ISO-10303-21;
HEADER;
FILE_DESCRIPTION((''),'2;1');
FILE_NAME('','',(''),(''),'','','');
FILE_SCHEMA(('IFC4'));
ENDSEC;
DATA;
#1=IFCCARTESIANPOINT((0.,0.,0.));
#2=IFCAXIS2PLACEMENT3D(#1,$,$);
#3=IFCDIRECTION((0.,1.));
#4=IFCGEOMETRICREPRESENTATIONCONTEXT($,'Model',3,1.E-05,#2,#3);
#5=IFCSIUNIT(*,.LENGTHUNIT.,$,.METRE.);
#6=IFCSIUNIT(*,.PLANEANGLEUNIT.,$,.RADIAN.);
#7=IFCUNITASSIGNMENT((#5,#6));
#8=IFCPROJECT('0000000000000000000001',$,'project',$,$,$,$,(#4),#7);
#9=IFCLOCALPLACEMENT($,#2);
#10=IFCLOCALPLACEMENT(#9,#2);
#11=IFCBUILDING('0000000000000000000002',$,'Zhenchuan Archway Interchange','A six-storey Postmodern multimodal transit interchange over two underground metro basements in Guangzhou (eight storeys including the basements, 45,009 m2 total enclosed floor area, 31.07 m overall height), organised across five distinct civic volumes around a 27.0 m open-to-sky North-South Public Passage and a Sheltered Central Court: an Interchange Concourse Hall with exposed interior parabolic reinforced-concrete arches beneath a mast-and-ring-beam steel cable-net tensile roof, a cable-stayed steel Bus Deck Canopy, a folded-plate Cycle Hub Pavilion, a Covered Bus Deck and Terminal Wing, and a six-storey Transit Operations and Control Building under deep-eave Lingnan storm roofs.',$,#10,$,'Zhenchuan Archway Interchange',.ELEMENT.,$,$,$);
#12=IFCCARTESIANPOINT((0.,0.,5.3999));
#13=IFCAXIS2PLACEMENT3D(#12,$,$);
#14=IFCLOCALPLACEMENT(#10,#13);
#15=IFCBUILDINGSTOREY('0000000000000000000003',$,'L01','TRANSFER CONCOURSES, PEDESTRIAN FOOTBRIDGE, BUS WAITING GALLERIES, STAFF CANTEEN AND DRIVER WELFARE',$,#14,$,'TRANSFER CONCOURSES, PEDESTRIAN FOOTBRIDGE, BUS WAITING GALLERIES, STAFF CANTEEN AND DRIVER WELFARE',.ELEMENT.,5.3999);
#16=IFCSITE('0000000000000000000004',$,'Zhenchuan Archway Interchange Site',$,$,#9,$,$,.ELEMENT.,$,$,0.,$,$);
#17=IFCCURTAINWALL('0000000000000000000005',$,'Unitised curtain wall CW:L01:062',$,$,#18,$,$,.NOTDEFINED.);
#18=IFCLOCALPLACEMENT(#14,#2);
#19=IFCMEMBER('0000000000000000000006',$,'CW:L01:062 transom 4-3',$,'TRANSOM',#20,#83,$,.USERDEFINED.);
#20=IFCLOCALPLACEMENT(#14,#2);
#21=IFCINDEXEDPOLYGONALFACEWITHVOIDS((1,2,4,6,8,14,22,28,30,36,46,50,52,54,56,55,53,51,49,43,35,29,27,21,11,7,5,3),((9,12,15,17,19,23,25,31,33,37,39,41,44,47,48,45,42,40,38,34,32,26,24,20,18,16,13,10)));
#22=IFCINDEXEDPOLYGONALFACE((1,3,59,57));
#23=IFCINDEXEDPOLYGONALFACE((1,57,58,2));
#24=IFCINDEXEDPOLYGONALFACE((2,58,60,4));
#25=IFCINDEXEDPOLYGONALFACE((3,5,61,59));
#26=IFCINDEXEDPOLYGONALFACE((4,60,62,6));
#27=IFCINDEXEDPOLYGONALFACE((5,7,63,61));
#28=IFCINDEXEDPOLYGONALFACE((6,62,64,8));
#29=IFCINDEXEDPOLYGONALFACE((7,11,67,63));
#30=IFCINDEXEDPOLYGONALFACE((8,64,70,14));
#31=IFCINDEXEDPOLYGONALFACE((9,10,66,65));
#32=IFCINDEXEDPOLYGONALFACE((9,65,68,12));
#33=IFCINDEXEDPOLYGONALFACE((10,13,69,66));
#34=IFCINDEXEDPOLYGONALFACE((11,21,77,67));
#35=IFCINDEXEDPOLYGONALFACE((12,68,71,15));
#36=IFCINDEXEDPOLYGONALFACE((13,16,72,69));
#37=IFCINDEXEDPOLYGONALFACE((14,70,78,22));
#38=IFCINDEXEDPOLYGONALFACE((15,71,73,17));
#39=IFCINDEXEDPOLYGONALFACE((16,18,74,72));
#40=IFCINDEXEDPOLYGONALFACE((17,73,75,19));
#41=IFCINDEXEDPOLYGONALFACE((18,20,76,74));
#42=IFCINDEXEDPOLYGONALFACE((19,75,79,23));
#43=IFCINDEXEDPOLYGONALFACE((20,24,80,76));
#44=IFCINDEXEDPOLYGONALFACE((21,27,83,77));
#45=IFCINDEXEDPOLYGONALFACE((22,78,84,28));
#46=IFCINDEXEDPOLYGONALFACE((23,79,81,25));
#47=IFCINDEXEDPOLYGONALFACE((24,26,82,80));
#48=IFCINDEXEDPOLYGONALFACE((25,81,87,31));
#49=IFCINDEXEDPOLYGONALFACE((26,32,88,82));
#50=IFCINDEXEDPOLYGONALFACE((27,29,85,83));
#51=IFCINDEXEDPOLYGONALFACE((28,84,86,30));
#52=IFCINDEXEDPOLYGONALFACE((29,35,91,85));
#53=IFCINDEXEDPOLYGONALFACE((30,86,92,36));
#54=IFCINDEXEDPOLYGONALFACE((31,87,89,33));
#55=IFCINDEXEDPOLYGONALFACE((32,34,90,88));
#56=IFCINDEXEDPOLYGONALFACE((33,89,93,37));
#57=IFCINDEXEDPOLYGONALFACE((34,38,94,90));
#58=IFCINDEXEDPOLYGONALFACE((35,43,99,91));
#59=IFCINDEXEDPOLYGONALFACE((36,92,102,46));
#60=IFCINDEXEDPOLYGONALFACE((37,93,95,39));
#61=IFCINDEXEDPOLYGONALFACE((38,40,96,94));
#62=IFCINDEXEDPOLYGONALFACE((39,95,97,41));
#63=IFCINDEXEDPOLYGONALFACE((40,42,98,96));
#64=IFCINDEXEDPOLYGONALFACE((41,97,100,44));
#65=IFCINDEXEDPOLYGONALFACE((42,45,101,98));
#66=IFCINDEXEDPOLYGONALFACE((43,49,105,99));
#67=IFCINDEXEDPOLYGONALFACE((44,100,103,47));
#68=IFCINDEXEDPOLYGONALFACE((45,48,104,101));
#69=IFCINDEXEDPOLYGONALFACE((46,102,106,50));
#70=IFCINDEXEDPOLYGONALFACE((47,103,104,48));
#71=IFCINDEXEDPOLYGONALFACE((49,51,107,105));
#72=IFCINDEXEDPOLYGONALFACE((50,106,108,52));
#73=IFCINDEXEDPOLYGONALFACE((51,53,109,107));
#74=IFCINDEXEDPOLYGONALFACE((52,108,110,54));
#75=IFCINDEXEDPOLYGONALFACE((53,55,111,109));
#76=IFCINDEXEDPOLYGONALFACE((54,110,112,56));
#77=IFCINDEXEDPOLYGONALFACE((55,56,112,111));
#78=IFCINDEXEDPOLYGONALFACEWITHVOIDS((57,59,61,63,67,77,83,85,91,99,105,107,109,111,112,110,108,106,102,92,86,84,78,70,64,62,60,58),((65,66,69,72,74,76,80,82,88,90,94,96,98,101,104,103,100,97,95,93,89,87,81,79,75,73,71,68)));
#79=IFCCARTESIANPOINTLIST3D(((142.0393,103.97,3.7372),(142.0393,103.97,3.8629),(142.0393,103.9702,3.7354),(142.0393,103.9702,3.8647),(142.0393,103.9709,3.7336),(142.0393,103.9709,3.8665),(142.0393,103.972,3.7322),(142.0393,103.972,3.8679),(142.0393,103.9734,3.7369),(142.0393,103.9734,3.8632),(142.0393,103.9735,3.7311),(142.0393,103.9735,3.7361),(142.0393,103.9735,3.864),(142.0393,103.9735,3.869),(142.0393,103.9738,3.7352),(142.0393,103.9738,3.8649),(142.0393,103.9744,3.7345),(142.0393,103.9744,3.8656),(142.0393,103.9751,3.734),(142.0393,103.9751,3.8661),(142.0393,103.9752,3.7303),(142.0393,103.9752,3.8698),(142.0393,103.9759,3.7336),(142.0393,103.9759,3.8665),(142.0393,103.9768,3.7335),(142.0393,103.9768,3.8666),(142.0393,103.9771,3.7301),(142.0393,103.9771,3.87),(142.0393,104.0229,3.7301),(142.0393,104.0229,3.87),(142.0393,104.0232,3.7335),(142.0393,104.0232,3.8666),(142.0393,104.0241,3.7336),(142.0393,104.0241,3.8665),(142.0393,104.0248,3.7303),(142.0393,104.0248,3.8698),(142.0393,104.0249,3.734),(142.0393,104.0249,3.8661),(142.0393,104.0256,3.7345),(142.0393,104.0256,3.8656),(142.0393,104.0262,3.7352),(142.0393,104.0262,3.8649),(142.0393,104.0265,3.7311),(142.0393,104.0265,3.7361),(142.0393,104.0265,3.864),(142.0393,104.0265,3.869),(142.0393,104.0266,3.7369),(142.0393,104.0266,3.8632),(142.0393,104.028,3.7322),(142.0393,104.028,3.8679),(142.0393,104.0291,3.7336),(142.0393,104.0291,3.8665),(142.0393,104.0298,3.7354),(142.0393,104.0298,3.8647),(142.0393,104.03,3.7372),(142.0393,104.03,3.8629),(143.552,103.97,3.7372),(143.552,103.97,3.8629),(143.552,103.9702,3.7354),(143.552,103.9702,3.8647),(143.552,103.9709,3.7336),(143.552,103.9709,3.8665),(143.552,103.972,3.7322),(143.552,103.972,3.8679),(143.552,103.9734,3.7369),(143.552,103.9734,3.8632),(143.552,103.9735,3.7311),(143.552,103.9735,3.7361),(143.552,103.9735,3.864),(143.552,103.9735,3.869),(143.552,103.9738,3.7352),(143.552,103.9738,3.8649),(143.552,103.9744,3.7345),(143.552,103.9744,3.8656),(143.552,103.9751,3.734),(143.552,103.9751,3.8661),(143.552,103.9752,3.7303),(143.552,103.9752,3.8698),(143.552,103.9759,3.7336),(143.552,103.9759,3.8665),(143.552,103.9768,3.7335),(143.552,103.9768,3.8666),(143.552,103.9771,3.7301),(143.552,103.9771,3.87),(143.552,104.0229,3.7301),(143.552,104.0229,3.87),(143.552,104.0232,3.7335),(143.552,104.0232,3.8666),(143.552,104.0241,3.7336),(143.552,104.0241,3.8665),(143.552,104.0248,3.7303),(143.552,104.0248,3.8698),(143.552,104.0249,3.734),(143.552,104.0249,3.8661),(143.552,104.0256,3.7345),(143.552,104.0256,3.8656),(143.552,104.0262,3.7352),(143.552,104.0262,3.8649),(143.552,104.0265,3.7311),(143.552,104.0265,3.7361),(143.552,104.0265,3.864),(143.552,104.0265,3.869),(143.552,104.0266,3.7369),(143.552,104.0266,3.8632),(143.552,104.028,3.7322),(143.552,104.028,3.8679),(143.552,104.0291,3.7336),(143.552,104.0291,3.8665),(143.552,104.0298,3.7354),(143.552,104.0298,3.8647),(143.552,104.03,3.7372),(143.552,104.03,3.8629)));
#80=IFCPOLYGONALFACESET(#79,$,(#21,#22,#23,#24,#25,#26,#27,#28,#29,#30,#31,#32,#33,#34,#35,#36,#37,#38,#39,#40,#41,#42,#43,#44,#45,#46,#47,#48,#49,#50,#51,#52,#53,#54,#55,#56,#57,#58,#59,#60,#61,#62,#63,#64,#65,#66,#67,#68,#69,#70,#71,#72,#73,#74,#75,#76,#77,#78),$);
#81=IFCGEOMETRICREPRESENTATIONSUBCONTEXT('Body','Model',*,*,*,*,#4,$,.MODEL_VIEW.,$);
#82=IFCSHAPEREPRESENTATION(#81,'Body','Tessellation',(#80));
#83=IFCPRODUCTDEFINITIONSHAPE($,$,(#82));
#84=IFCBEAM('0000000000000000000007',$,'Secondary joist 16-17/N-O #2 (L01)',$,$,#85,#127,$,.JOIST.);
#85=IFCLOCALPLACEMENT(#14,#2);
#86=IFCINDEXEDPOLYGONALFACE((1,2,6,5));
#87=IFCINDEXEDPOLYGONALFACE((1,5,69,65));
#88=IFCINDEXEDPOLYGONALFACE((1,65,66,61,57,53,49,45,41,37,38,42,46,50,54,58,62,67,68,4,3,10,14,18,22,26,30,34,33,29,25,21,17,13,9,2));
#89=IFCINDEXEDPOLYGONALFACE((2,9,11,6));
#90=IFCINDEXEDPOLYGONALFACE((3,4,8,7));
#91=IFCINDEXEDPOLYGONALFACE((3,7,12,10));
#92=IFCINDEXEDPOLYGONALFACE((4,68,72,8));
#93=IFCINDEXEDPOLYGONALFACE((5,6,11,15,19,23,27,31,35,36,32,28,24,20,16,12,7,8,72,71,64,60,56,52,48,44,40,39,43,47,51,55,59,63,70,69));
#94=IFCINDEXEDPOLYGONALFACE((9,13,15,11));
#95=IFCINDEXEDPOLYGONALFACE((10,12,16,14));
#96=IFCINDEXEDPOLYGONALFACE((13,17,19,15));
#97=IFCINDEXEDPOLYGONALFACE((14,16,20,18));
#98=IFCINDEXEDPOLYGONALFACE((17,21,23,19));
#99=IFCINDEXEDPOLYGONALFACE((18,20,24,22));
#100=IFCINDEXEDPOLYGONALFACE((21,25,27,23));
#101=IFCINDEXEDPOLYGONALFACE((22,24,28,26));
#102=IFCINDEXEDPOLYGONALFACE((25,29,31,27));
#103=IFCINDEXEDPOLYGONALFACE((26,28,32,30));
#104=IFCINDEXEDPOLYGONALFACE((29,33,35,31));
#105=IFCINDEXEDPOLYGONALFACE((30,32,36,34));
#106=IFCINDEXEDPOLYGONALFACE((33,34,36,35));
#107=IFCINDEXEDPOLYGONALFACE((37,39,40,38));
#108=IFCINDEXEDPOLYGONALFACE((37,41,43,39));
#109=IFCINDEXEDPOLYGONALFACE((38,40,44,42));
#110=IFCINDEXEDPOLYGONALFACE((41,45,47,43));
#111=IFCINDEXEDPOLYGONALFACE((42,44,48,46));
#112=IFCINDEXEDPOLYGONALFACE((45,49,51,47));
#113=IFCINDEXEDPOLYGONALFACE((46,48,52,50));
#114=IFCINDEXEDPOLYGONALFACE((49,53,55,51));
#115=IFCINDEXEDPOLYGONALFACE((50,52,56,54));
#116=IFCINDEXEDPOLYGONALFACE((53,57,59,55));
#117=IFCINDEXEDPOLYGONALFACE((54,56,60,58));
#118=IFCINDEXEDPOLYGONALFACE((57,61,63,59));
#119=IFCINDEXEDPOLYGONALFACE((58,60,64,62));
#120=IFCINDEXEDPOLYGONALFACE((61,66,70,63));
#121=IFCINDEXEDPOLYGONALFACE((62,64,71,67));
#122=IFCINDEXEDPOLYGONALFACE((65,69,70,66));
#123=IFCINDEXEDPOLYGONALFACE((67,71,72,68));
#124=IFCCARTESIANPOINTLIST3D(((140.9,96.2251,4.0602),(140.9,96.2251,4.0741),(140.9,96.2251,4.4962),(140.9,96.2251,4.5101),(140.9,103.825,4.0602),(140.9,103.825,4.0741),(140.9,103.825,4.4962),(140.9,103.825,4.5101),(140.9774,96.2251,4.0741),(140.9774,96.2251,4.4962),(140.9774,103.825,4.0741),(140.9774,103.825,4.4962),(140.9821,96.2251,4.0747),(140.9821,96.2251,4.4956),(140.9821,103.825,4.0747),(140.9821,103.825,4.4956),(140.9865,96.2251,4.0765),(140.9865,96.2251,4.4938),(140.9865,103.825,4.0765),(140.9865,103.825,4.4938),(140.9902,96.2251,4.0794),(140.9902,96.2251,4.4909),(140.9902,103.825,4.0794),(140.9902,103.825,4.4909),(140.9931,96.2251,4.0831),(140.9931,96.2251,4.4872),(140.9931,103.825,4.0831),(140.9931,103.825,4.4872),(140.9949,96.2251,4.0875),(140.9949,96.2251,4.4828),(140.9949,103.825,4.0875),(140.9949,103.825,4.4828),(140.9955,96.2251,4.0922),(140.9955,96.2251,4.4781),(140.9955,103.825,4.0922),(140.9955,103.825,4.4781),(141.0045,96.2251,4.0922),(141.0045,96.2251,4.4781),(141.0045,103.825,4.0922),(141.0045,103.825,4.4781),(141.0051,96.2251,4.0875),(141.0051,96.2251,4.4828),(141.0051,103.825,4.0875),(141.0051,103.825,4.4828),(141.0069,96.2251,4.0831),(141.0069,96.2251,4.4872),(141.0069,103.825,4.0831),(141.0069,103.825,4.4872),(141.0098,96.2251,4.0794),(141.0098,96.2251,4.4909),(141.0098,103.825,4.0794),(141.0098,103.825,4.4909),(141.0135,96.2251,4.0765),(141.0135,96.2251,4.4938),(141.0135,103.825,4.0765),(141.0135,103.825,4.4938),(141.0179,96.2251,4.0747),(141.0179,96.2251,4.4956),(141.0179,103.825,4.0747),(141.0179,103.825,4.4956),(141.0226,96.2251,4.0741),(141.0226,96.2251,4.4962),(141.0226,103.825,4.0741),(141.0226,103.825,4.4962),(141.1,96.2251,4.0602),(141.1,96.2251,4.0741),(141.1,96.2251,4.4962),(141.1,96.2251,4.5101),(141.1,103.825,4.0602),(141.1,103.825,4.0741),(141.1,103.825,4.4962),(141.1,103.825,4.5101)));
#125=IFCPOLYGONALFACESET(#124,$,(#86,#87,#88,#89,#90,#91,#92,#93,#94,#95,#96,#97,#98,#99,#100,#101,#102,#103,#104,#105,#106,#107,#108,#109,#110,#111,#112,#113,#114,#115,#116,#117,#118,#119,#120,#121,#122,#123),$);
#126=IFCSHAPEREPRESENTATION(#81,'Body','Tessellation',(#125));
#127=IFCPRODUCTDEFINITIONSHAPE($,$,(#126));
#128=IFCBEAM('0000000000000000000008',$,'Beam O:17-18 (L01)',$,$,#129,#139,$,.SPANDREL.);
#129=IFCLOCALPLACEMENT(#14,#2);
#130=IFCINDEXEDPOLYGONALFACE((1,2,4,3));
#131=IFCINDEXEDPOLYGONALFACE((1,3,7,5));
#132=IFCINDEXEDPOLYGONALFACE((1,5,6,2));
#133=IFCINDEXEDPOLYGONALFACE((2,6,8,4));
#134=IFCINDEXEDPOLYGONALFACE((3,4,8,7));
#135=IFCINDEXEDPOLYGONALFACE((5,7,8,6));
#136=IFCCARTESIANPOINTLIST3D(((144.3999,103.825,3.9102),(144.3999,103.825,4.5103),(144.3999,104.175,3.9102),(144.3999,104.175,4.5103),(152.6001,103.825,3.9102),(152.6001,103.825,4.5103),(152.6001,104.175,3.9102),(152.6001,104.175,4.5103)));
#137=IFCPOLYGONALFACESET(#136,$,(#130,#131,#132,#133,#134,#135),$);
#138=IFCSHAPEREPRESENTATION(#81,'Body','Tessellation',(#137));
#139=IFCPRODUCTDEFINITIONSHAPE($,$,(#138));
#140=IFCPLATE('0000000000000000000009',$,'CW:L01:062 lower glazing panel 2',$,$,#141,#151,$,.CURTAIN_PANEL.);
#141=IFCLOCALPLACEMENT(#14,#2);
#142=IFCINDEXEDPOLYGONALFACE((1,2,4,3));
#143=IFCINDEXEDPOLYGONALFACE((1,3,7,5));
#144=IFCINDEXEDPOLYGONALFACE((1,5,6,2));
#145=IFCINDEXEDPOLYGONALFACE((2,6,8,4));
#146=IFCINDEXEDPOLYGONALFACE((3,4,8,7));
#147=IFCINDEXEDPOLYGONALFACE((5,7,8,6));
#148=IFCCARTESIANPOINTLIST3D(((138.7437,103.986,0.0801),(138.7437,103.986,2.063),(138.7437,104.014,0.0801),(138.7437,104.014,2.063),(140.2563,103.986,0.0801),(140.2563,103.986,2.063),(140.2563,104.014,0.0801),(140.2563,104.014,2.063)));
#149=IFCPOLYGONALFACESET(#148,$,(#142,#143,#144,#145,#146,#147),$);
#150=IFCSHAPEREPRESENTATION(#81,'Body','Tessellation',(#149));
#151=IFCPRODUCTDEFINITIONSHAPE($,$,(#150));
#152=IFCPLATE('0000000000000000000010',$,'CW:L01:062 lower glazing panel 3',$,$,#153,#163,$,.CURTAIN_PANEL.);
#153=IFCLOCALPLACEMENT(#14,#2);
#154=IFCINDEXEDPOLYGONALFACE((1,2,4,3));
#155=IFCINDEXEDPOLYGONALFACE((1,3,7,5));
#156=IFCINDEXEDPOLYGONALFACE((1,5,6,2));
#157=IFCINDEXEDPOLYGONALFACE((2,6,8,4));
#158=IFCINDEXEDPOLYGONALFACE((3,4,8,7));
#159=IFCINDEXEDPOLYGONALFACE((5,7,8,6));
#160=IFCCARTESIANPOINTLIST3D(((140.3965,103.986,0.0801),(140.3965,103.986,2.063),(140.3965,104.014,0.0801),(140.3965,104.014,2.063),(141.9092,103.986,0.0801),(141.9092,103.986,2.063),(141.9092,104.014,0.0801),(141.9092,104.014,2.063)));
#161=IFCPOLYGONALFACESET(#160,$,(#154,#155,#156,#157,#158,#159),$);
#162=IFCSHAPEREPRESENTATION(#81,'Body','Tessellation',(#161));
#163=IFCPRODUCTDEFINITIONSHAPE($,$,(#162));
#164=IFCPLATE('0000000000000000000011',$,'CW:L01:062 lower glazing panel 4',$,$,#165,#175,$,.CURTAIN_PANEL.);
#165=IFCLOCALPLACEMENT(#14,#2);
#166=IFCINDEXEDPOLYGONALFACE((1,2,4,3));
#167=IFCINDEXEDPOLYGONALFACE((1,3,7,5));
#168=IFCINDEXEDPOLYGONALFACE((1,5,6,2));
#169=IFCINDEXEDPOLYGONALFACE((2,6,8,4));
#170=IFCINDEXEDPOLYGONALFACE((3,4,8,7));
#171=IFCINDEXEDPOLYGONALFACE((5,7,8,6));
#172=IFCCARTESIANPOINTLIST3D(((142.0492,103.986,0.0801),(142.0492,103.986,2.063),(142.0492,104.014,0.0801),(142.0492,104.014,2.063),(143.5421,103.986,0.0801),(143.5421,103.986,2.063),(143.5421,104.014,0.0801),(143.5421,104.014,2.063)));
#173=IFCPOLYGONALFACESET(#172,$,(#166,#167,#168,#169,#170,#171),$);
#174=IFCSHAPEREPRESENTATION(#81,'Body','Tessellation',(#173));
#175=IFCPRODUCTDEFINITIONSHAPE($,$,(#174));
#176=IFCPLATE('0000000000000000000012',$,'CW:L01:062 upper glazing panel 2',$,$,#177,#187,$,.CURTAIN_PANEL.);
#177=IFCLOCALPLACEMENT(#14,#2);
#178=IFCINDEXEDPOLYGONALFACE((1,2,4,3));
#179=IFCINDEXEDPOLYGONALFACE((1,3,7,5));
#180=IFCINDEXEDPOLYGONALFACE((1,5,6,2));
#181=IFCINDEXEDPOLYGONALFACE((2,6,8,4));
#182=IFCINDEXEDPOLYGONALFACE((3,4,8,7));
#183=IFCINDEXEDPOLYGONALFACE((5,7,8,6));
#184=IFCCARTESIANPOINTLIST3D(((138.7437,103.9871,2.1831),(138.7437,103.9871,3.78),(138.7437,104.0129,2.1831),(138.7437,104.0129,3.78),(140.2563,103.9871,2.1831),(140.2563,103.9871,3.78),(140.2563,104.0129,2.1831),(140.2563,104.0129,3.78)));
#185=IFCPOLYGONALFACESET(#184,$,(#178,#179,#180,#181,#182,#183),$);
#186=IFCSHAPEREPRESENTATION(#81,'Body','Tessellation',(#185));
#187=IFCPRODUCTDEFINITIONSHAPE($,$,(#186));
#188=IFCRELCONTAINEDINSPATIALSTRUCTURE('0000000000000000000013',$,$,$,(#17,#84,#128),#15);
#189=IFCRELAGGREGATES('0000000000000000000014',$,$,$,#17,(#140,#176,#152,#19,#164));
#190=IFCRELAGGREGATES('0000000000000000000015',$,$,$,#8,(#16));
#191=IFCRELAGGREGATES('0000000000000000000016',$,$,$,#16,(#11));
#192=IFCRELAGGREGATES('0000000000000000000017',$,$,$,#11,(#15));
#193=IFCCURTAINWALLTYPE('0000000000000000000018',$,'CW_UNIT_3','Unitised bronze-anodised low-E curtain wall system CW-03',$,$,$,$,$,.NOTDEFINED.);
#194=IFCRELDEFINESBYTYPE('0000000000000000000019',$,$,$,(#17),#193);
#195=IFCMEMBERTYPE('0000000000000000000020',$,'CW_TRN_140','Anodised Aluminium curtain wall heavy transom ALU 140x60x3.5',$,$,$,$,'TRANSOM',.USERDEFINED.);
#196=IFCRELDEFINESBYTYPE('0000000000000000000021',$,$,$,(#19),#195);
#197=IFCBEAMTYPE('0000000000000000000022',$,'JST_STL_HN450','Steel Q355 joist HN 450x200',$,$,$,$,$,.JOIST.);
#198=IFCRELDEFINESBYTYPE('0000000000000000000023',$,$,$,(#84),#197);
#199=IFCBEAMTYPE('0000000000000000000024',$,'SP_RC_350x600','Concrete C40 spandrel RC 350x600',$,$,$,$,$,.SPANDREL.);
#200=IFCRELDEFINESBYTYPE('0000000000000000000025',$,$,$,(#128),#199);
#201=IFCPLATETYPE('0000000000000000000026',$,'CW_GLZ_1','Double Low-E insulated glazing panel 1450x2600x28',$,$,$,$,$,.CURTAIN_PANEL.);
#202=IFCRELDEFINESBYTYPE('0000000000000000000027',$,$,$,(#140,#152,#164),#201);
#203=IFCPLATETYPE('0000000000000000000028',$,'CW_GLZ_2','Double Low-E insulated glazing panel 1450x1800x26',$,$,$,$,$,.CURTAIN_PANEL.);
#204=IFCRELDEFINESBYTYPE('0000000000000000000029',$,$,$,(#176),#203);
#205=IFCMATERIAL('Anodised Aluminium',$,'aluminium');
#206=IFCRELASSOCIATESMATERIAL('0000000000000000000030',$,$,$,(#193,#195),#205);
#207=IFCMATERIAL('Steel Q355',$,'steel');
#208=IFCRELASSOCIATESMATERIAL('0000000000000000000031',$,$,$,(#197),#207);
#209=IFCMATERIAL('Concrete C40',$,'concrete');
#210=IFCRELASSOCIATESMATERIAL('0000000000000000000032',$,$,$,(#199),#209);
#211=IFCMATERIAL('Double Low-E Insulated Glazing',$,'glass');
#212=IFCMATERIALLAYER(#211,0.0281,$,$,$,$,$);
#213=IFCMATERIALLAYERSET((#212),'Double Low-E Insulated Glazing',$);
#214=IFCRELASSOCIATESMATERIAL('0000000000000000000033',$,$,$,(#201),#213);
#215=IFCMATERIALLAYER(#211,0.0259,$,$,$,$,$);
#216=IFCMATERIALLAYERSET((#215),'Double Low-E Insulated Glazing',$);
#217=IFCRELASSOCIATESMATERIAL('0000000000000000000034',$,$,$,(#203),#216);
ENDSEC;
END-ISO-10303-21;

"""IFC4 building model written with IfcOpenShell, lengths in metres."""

from ifc_helpers import new_model, si_unit, direction, frame, origin, origin_2d, place, context, subcontext, project, spatial, rectangle, hollow_rectangle, i_section, extrude, material, layer, layer_set, material_profile, profile_set, type_object, element, aggregate, save


model = new_model("IFC4")

# Units and contexts
model_context = context("Model", 3, precision=1e-05, world=origin(), true_north=direction((0.0, 1.0)))
body_context = subcontext(model_context, "Body", "Model", "MODEL_VIEW")
ifc_project = project(units=[si_unit("LENGTHUNIT", "METRE"), si_unit("PLANEANGLEUNIT", "RADIAN")], contexts=[model_context])

# Site, building, storey
site_placement = place(None, origin())
site = spatial("IfcSite", under=ifc_project, at=site_placement, Name="Zhenchuan Archway Interchange Site", CompositionType="ELEMENT", RefElevation=0.0)
building_placement = place(site_placement, origin())
building = spatial("IfcBuilding", under=site, at=building_placement, Name="Zhenchuan Archway Interchange", Description="A six-storey Postmodern multimodal transit interchange over two underground metro basements in Guangzhou (eight storeys including the basements, 45,009 m2 total enclosed floor area, 31.07 m overall height), organised across five distinct civic volumes around a 27.0 m open-to-sky North-South Public Passage and a Sheltered Central Court: an Interchange Concourse Hall with exposed interior parabolic reinforced-concrete arches beneath a mast-and-ring-beam steel cable-net tensile roof, a cable-stayed steel Bus Deck Canopy, a folded-plate Cycle Hub Pavilion, a Covered Bus Deck and Terminal Wing, and a six-storey Transit Operations and Control Building under deep-eave Lingnan storm roofs.", LongName="Zhenchuan Archway Interchange", CompositionType="ELEMENT")
storey_placement = place(building_placement, frame((0.0, 0.0, 5.3999)))
storey = spatial("IfcBuildingStorey", under=building, at=storey_placement, Name="L01", Description="TRANSFER CONCOURSES, PEDESTRIAN FOOTBRIDGE, BUS WAITING GALLERIES, STAFF CANTEEN AND DRIVER WELFARE", LongName="TRANSFER CONCOURSES, PEDESTRIAN FOOTBRIDGE, BUS WAITING GALLERIES, STAFF CANTEEN AND DRIVER WELFARE", CompositionType="ELEMENT", Elevation=5.3999)

# Shared definitions
ifc_material_1 = material(Name="Concrete C40", Category="concrete")

# Curtain wall, member
ifc_material_2 = material(Name="Anodised Aluminium", Category="aluminium")
curtain_wall_type = type_object("IfcCurtainWallType", Name="CW_UNIT_3", Description="Unitised bronze-anodised low-E curtain wall system CW-03", PredefinedType="NOTDEFINED", material=ifc_material_2)
curtain_wall_placement = place(storey_placement, origin())
curtain_wall = element("IfcCurtainWall", 1, at=curtain_wall_placement, inside=storey, type_object=curtain_wall_type, Name="Unitised curtain wall CW:L01:062", PredefinedType="NOTDEFINED")
ifc_material_profile_1 = material_profile(ifc_material_2, hollow_rectangle(XDim=0.0601, YDim=0.1399, WallThickness=0.0034, InnerFilletRadius=0.0034, OuterFilletRadius=0.0071, at=origin_2d()), Name="ALU 140x60x3.5")
ifc_profile_set_1 = profile_set([ifc_material_profile_1], Name="Anodised Aluminium")
member_type_1 = type_object("IfcMemberType", Name="CW_TRN_140", Description="Anodised Aluminium curtain wall heavy transom ALU 140x60x3.5", ElementType="TRANSOM", PredefinedType="USERDEFINED", material=ifc_profile_set_1)
member_1_placement = place(storey_placement, frame((142.0393, 104.0, 3.8), z_axis=(1.0, 0.0, 0.0), x_axis=(0.0, 1.0, 0.0)))
member_1 = element("IfcMember", 2, at=member_1_placement, type_object=member_type_1, Name="CW:L01:062 transom 4-3", ObjectType="TRANSOM", PredefinedType="USERDEFINED", context=body_context, shape_type="SweptSolid", body=[
    extrude(hollow_rectangle(XDim=0.0601, YDim=0.1399, WallThickness=0.0034, InnerFilletRadius=0.0034, OuterFilletRadius=0.0071, at=origin_2d()), origin(), (0.0, 0.0, 1.0), 1.5127),
])

# Beams
ifc_material_3 = material(Name="Steel Q355", Category="steel")
ifc_material_profile_2 = material_profile(ifc_material_3, i_section(OverallWidth=0.2, OverallDepth=0.45, WebThickness=0.009, FlangeThickness=0.0139, FilletRadius=0.0181, at=origin_2d()), Name="HN 450x200")
ifc_profile_set_2 = profile_set([ifc_material_profile_2], Name="Steel Q355")
beam_type_1 = type_object("IfcBeamType", Name="JST_STL_HN450", Description="Steel Q355 joist HN 450x200", PredefinedType="JOIST", material=ifc_profile_set_2)
beam_1_placement = place(storey_placement, frame((141.0, 96.2251, 4.2852), z_axis=(0.0, 1.0, 0.0), x_axis=(-1.0, 0.0, 0.0)))
element("IfcBeam", 3, at=beam_1_placement, inside=storey, type_object=beam_type_1, Name="Secondary joist 16-17/N-O #2 (L01)", PredefinedType="JOIST", context=body_context, shape_type="SweptSolid", body=[
    extrude(i_section(OverallWidth=0.2, OverallDepth=0.45, WebThickness=0.009, FlangeThickness=0.0139, FilletRadius=0.0181, at=origin_2d()), origin(), (0.0, 0.0, 1.0), 7.5999),
])
ifc_material_profile_3 = material_profile(ifc_material_1, rectangle(XDim=0.3501, YDim=0.6001, at=origin_2d()), Name="RC 350x600")
ifc_profile_set_3 = profile_set([ifc_material_profile_3], Name="Concrete C40")
beam_type_2 = type_object("IfcBeamType", Name="SP_RC_350x600", Description="Concrete C40 spandrel RC 350x600", PredefinedType="SPANDREL", material=ifc_profile_set_3)
beam_2_placement = place(storey_placement, frame((144.3999, 104.0, 4.2102), z_axis=(1.0, 0.0, 0.0), x_axis=(0.0, 1.0, 0.0)))
element("IfcBeam", 4, at=beam_2_placement, inside=storey, type_object=beam_type_2, Name="Beam O:17-18 (L01)", PredefinedType="SPANDREL", context=body_context, shape_type="SweptSolid", body=[
    extrude(rectangle(XDim=0.3501, YDim=0.6001, at=origin_2d()), origin(), (0.0, 0.0, 1.0), 8.2002),
])

# Plates
ifc_material_4 = material(Name="Double Low-E Insulated Glazing", Category="glass")
ifc_layer_1 = layer(ifc_material_4, 0.0281)
ifc_layer_set_1 = layer_set([ifc_layer_1], Name="Double Low-E Insulated Glazing")
plate_type_1 = type_object("IfcPlateType", Name="CW_GLZ_1", Description="Double Low-E insulated glazing panel 1450x2600x28", PredefinedType="CURTAIN_PANEL", material=ifc_layer_set_1)
plate_1_placement = place(storey_placement, frame((139.5, 104.0, 0.0801), z_axis=(0.0, 0.0, 1.0), x_axis=(1.0, 0.0, 0.0)))
plate_1 = element("IfcPlate", 5, at=plate_1_placement, type_object=plate_type_1, Name="CW:L01:062 lower glazing panel 2", PredefinedType="CURTAIN_PANEL", context=body_context, shape_type="SweptSolid", body=[
    extrude(rectangle(XDim=1.5127, YDim=0.0281, at=origin_2d()), origin(), (0.0, 0.0, 1.0), 1.9829),
])
plate_2_placement = place(storey_placement, frame((141.1528, 104.0, 0.0801), z_axis=(0.0, 0.0, 1.0), x_axis=(1.0, 0.0, 0.0)))
plate_2 = element("IfcPlate", 6, at=plate_2_placement, type_object=plate_type_1, Name="CW:L01:062 lower glazing panel 3", PredefinedType="CURTAIN_PANEL", context=body_context, shape_type="SweptSolid", body=[
    extrude(rectangle(XDim=1.5127, YDim=0.0281, at=origin_2d()), origin(), (0.0, 0.0, 1.0), 1.9829),
])
plate_3_placement = place(storey_placement, frame((142.7957, 104.0, 0.0801), z_axis=(0.0, 0.0, 1.0), x_axis=(1.0, 0.0, 0.0)))
plate_3 = element("IfcPlate", 7, at=plate_3_placement, type_object=plate_type_1, Name="CW:L01:062 lower glazing panel 4", PredefinedType="CURTAIN_PANEL", context=body_context, shape_type="SweptSolid", body=[
    extrude(rectangle(XDim=1.4929, YDim=0.0281, at=origin_2d()), origin(), (0.0, 0.0, 1.0), 1.9829),
])
ifc_layer_2 = layer(ifc_material_4, 0.0259)
ifc_layer_set_2 = layer_set([ifc_layer_2], Name="Double Low-E Insulated Glazing")
plate_type_2 = type_object("IfcPlateType", Name="CW_GLZ_2", Description="Double Low-E insulated glazing panel 1450x1800x26", PredefinedType="CURTAIN_PANEL", material=ifc_layer_set_2)
plate_4_placement = place(storey_placement, frame((139.5, 104.0, 2.1831), z_axis=(0.0, 0.0, 1.0), x_axis=(1.0, 0.0, 0.0)))
plate_4 = element("IfcPlate", 8, at=plate_4_placement, type_object=plate_type_2, Name="CW:L01:062 upper glazing panel 2", PredefinedType="CURTAIN_PANEL", context=body_context, shape_type="SweptSolid", body=[
    extrude(rectangle(XDim=1.5127, YDim=0.0259, at=origin_2d()), origin(), (0.0, 0.0, 1.0), 1.5969),
])
aggregate(curtain_wall, [plate_1, plate_4, plate_2, member_1, plate_3])

save(model, "model.ifc")
